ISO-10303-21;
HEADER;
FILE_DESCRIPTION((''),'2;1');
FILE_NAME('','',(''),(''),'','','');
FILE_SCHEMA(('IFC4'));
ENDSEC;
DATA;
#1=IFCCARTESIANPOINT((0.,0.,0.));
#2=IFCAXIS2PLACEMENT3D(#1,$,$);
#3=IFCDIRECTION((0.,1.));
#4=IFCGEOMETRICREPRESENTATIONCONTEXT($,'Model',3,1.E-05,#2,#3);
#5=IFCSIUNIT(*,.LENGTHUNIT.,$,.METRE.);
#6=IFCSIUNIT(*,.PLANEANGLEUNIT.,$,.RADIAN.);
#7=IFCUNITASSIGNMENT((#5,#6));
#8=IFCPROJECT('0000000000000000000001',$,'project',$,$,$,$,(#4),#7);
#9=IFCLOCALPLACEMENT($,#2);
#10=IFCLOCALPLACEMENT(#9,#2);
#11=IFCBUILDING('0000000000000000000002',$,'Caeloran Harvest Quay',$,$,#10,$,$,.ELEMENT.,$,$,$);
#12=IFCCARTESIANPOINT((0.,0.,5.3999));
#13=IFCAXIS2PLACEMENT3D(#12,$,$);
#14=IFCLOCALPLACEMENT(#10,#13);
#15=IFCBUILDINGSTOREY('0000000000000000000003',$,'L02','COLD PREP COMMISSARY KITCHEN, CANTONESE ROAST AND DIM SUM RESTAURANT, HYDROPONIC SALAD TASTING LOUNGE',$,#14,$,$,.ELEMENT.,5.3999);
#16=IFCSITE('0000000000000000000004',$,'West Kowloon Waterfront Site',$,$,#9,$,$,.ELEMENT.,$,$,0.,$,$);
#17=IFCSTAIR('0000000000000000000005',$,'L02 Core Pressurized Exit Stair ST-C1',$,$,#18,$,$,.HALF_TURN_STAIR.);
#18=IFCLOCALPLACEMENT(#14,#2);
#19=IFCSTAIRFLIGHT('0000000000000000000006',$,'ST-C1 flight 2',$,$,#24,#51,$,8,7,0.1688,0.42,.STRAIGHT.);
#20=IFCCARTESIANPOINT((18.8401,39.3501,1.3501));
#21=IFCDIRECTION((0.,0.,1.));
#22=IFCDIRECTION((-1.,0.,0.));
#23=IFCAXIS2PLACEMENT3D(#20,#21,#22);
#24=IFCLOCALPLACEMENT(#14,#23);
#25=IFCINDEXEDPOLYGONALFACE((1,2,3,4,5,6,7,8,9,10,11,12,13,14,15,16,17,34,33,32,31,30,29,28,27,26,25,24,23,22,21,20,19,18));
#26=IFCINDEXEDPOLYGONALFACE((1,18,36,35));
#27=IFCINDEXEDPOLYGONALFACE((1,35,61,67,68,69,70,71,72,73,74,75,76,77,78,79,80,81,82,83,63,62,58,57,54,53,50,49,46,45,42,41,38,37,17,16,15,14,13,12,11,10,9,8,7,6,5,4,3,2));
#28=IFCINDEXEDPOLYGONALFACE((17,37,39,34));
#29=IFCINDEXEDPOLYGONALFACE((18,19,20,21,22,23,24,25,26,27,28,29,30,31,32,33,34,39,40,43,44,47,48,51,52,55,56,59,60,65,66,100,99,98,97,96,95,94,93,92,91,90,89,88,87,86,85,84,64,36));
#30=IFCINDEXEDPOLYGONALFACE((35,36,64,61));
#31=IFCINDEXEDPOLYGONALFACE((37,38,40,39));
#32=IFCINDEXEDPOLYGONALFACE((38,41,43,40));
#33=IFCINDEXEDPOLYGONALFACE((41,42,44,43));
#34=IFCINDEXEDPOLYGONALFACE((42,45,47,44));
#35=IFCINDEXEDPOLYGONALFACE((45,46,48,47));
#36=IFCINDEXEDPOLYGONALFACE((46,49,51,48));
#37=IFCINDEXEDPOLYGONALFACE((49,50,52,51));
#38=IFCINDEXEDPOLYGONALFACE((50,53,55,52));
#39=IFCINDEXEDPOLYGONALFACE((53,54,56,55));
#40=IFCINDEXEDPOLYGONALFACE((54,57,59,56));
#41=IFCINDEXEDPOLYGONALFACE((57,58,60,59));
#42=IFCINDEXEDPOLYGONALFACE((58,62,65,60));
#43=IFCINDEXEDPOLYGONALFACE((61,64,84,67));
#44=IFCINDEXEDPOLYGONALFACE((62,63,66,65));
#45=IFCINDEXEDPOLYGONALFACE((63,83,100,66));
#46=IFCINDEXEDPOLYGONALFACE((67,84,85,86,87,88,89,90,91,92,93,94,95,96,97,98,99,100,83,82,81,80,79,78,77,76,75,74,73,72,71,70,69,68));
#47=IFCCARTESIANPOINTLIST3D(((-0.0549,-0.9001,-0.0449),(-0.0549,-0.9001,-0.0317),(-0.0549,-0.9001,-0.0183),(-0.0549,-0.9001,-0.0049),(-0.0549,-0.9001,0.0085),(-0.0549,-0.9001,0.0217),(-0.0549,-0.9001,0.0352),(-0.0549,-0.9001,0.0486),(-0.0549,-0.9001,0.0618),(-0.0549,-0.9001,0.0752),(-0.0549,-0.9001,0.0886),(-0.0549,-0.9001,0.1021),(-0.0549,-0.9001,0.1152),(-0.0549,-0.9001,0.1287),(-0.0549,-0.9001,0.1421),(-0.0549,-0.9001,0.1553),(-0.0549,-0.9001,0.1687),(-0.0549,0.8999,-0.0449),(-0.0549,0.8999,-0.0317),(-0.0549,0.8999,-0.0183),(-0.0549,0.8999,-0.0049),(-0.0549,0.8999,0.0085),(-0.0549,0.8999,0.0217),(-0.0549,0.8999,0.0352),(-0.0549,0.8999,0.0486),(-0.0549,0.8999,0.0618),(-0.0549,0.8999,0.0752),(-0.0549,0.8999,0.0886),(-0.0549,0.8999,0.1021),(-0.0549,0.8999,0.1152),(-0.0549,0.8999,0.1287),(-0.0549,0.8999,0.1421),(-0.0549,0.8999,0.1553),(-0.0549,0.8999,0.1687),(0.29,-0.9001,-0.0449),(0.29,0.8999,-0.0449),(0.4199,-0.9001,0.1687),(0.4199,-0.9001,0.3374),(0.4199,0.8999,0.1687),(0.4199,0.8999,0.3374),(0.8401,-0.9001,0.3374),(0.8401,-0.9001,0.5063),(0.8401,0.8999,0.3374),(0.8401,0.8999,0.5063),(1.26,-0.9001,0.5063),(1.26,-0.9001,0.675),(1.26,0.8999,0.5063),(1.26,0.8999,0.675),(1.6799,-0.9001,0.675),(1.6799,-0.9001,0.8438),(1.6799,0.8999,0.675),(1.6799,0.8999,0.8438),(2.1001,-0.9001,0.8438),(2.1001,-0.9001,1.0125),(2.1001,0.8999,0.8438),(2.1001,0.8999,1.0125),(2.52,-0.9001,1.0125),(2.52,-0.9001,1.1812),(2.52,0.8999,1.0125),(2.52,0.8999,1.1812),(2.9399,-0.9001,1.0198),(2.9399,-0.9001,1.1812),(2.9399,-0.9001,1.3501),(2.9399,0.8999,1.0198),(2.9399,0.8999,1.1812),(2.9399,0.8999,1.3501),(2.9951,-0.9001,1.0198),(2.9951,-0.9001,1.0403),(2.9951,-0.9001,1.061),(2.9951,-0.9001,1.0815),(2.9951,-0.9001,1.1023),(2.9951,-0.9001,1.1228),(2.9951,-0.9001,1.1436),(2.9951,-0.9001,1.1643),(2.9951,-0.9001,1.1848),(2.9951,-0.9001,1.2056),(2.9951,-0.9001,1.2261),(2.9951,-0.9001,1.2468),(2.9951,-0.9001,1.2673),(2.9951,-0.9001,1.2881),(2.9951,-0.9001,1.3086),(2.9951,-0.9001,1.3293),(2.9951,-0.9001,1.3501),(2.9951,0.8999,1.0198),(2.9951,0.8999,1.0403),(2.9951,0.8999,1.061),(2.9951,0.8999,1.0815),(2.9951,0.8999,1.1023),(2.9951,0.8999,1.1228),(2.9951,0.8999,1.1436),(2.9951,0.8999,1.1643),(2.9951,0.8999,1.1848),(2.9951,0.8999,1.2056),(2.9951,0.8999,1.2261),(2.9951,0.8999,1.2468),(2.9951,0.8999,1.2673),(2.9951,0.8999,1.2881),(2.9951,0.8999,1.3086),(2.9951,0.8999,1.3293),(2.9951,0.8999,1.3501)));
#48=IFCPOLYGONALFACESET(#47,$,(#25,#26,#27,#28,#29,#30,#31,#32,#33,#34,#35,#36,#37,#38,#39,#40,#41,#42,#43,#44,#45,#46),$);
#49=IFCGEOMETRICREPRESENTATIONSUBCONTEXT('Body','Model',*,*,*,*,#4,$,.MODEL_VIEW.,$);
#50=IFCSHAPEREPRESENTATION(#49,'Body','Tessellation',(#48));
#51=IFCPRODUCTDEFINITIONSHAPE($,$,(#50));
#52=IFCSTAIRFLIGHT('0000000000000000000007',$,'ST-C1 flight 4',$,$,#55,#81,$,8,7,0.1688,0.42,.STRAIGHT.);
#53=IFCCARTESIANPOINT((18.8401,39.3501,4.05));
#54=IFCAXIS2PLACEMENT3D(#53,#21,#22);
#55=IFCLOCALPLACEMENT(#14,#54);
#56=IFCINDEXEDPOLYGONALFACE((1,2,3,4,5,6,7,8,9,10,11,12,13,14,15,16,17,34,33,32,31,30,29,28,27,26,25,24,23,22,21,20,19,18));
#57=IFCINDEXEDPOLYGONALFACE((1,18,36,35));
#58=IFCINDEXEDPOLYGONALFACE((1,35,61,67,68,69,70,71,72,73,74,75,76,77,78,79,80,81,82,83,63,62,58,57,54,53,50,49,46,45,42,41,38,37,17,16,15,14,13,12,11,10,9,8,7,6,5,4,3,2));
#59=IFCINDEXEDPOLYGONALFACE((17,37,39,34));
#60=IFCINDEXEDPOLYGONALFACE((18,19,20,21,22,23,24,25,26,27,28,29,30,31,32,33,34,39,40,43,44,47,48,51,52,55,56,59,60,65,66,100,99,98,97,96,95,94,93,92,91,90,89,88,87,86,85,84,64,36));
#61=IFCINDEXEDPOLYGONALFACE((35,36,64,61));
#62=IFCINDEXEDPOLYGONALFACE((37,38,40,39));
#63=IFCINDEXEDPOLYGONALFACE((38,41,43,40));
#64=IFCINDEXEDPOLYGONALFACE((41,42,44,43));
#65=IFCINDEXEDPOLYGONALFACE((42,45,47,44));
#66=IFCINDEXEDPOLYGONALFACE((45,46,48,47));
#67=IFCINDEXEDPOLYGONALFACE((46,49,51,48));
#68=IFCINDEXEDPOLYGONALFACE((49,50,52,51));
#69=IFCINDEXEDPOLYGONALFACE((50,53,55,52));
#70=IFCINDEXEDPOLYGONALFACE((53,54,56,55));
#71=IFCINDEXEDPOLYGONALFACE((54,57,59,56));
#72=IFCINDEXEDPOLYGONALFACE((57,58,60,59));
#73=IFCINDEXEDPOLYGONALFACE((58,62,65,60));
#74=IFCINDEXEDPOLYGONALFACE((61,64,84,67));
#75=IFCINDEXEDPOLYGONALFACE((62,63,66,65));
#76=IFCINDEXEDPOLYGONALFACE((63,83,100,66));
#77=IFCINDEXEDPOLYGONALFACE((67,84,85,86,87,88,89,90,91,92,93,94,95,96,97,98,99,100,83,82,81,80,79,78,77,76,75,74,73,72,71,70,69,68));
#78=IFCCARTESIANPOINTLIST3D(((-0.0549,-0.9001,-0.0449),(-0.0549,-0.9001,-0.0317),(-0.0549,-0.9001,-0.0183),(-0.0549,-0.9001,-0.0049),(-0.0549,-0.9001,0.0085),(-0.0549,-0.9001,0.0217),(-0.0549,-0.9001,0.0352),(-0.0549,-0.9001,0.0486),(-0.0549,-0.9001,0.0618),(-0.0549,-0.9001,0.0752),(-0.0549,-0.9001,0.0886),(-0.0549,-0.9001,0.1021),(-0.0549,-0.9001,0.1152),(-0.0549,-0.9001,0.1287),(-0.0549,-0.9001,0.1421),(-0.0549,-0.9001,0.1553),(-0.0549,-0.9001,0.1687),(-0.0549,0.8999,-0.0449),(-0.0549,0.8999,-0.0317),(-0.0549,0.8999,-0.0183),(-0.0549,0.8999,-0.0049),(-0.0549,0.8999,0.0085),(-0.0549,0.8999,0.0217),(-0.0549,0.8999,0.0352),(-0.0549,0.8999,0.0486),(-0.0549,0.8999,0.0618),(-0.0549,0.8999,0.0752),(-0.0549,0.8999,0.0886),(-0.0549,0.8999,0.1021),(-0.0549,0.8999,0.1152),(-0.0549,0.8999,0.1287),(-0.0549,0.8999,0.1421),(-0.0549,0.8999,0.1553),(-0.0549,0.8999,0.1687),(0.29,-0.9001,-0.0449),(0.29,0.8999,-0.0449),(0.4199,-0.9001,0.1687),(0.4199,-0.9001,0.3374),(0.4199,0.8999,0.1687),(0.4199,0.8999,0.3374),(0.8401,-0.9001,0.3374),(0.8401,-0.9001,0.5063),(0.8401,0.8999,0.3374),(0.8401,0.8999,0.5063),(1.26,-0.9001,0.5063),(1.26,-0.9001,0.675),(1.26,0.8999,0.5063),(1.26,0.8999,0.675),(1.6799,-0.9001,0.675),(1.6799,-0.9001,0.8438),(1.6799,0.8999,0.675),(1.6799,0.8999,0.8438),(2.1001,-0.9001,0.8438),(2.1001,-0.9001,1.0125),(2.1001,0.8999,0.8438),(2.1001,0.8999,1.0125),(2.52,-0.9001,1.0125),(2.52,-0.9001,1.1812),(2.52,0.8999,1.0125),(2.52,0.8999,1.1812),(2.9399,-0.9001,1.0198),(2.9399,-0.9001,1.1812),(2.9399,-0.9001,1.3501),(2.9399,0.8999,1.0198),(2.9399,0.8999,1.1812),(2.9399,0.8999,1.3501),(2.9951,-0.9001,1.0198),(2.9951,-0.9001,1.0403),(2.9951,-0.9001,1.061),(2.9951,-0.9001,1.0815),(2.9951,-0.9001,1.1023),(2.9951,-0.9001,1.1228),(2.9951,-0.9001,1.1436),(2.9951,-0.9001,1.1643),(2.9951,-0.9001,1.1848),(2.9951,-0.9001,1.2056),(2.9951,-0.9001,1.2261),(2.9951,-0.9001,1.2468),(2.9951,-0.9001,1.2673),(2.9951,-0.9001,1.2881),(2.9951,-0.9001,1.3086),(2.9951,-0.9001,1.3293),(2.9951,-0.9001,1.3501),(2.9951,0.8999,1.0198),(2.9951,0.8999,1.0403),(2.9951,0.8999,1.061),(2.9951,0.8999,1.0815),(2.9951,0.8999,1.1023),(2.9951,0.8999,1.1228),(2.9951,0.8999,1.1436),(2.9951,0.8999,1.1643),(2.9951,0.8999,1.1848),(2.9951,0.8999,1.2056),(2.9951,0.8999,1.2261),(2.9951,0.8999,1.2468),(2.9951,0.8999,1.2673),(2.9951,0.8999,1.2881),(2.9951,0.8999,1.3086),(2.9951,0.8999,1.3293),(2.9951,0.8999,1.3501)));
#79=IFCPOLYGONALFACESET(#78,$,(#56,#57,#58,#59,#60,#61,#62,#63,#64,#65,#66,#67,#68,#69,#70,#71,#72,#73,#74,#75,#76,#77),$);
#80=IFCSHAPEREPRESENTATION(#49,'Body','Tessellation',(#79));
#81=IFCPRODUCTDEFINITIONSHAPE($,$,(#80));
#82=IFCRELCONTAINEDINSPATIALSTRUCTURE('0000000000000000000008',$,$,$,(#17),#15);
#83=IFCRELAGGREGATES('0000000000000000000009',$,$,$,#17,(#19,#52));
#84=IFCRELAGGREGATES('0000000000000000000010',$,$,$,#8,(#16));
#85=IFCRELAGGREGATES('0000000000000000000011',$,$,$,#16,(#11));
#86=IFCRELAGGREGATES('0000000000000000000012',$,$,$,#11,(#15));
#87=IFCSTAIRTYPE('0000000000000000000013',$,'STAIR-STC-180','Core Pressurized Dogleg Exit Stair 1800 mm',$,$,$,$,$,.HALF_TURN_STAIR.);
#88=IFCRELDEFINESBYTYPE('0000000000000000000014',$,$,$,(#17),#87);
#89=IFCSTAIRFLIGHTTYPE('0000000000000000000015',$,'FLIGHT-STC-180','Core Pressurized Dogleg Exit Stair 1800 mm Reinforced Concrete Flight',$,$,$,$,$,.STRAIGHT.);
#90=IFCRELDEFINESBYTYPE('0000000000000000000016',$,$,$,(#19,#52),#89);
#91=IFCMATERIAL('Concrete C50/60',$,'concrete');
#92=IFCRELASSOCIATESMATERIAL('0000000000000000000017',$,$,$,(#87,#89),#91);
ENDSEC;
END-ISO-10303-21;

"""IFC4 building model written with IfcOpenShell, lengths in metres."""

from ifc_helpers import new_model, si_unit, direction, frame, origin, place, context, subcontext, project, spatial, polyline, outline, extrude, material, type_object, element, aggregate, save


model = new_model("IFC4")

# Units and contexts
model_context = context("Model", 3, precision=1e-05, world=origin(), true_north=direction((0.0, 1.0)))
body_context = subcontext(model_context, "Body", "Model", "MODEL_VIEW")
ifc_project = project(units=[si_unit("LENGTHUNIT", "METRE"), si_unit("PLANEANGLEUNIT", "RADIAN")], contexts=[model_context])

# Site, building, storey
site_placement = place(None, origin())
site = spatial("IfcSite", under=ifc_project, at=site_placement, Name="West Kowloon Waterfront Site", CompositionType="ELEMENT", RefElevation=0.0)
building_placement = place(site_placement, origin())
building = spatial("IfcBuilding", under=site, at=building_placement, Name="Caeloran Harvest Quay", CompositionType="ELEMENT")
storey_placement = place(building_placement, frame((0.0, 0.0, 5.3999)))
storey = spatial("IfcBuildingStorey", under=building, at=storey_placement, Name="L02", Description="COLD PREP COMMISSARY KITCHEN, CANTONESE ROAST AND DIM SUM RESTAURANT, HYDROPONIC SALAD TASTING LOUNGE", CompositionType="ELEMENT", Elevation=5.3999)

# Shared definitions
ifc_material_1 = material(Name="Concrete C50/60", Category="concrete")

# Stair, stair flights
stair_type = type_object("IfcStairType", Name="STAIR-STC-180", Description="Core Pressurized Dogleg Exit Stair 1800 mm", PredefinedType="HALF_TURN_STAIR", material=ifc_material_1)
stair_placement = place(storey_placement, origin())
stair = element("IfcStair", 1, at=stair_placement, inside=storey, type_object=stair_type, Name="L02 Core Pressurized Exit Stair ST-C1", PredefinedType="HALF_TURN_STAIR")
stair_flight_type = type_object("IfcStairFlightType", Name="FLIGHT-STC-180", Description="Core Pressurized Dogleg Exit Stair 1800 mm Reinforced Concrete Flight", PredefinedType="STRAIGHT", material=ifc_material_1)
stair_flight_1_placement = place(storey_placement, frame((18.8401, 39.3501, 1.3501), z_axis=(0.0, 0.0, 1.0), x_axis=(-1.0, 0.0, 0.0)))
stair_flight_1 = element("IfcStairFlight", 2, at=stair_flight_1_placement, type_object=stair_flight_type, Name="ST-C1 flight 2", NumberOfRisers=8, NumberOfTreads=7, PredefinedType="STRAIGHT", RiserHeight=0.1688, TreadLength=0.42, context=body_context, shape_type="SweptSolid", body=[
    extrude(outline(polyline([(-0.0549, -0.0449), (-0.0549, -0.0317), (-0.0549, -0.0183), (-0.0549, -0.0049), (-0.0549, 0.0085), (-0.0549, 0.0217), (-0.0549, 0.0352), (-0.0549, 0.0486), (-0.0549, 0.0618), (-0.0549, 0.0752), (-0.0549, 0.0886), (-0.0549, 0.1021), (-0.0549, 0.1152), (-0.0549, 0.1287), (-0.0549, 0.1421), (-0.0549, 0.1553), (-0.0549, 0.1687), (0.4199, 0.1687), (0.4199, 0.3374), (0.8401, 0.3374), (0.8401, 0.5063), (1.26, 0.5063), (1.26, 0.675), (1.6799, 0.675), (1.6799, 0.8438), (2.1001, 0.8438), (2.1001, 1.0125), (2.52, 1.0125), (2.52, 1.1812), (2.9399, 1.1812), (2.9399, 1.3501), (2.9951, 1.3501), (2.9951, 1.3293), (2.9951, 1.3086), (2.9951, 1.2881), (2.9951, 1.2673), (2.9951, 1.2468), (2.9951, 1.2261), (2.9951, 1.2056), (2.9951, 1.1848), (2.9951, 1.1643), (2.9951, 1.1436), (2.9951, 1.1228), (2.9951, 1.1023), (2.9951, 1.0815), (2.9951, 1.061), (2.9951, 1.0403), (2.9951, 1.0198), (2.9399, 1.0198), (0.29, -0.0449), (-0.0549, -0.0449)])), frame((0.0, 0.8999, 0.0), z_axis=(0.0, -1.0, 0.0), x_axis=(1.0, 0.0, 0.0)), (0.0, 0.0, 1.0), 1.8),
])
stair_flight_2_placement = place(storey_placement, frame((18.8401, 39.3501, 4.05), z_axis=(0.0, 0.0, 1.0), x_axis=(-1.0, 0.0, 0.0)))
stair_flight_2 = element("IfcStairFlight", 3, at=stair_flight_2_placement, type_object=stair_flight_type, Name="ST-C1 flight 4", NumberOfRisers=8, NumberOfTreads=7, PredefinedType="STRAIGHT", RiserHeight=0.1688, TreadLength=0.42, context=body_context, shape_type="SweptSolid", body=[
    extrude(outline(polyline([(-0.0549, -0.0449), (-0.0549, -0.0317), (-0.0549, -0.0183), (-0.0549, -0.0049), (-0.0549, 0.0085), (-0.0549, 0.0217), (-0.0549, 0.0352), (-0.0549, 0.0486), (-0.0549, 0.0618), (-0.0549, 0.0752), (-0.0549, 0.0886), (-0.0549, 0.1021), (-0.0549, 0.1152), (-0.0549, 0.1287), (-0.0549, 0.1421), (-0.0549, 0.1553), (-0.0549, 0.1687), (0.4199, 0.1687), (0.4199, 0.3374), (0.8401, 0.3374), (0.8401, 0.5063), (1.26, 0.5063), (1.26, 0.675), (1.6799, 0.675), (1.6799, 0.8438), (2.1001, 0.8438), (2.1001, 1.0125), (2.52, 1.0125), (2.52, 1.1812), (2.9399, 1.1812), (2.9399, 1.3501), (2.9951, 1.3501), (2.9951, 1.3293), (2.9951, 1.3086), (2.9951, 1.2881), (2.9951, 1.2673), (2.9951, 1.2468), (2.9951, 1.2261), (2.9951, 1.2056), (2.9951, 1.1848), (2.9951, 1.1643), (2.9951, 1.1436), (2.9951, 1.1228), (2.9951, 1.1023), (2.9951, 1.0815), (2.9951, 1.061), (2.9951, 1.0403), (2.9951, 1.0198), (2.9399, 1.0198), (0.29, -0.0449), (-0.0549, -0.0449)])), frame((0.0, 0.8999, 0.0), z_axis=(0.0, -1.0, 0.0), x_axis=(1.0, 0.0, 0.0)), (0.0, 0.0, 1.0), 1.8),
])
aggregate(stair, [stair_flight_1, stair_flight_2])

save(model, "model.ifc")
